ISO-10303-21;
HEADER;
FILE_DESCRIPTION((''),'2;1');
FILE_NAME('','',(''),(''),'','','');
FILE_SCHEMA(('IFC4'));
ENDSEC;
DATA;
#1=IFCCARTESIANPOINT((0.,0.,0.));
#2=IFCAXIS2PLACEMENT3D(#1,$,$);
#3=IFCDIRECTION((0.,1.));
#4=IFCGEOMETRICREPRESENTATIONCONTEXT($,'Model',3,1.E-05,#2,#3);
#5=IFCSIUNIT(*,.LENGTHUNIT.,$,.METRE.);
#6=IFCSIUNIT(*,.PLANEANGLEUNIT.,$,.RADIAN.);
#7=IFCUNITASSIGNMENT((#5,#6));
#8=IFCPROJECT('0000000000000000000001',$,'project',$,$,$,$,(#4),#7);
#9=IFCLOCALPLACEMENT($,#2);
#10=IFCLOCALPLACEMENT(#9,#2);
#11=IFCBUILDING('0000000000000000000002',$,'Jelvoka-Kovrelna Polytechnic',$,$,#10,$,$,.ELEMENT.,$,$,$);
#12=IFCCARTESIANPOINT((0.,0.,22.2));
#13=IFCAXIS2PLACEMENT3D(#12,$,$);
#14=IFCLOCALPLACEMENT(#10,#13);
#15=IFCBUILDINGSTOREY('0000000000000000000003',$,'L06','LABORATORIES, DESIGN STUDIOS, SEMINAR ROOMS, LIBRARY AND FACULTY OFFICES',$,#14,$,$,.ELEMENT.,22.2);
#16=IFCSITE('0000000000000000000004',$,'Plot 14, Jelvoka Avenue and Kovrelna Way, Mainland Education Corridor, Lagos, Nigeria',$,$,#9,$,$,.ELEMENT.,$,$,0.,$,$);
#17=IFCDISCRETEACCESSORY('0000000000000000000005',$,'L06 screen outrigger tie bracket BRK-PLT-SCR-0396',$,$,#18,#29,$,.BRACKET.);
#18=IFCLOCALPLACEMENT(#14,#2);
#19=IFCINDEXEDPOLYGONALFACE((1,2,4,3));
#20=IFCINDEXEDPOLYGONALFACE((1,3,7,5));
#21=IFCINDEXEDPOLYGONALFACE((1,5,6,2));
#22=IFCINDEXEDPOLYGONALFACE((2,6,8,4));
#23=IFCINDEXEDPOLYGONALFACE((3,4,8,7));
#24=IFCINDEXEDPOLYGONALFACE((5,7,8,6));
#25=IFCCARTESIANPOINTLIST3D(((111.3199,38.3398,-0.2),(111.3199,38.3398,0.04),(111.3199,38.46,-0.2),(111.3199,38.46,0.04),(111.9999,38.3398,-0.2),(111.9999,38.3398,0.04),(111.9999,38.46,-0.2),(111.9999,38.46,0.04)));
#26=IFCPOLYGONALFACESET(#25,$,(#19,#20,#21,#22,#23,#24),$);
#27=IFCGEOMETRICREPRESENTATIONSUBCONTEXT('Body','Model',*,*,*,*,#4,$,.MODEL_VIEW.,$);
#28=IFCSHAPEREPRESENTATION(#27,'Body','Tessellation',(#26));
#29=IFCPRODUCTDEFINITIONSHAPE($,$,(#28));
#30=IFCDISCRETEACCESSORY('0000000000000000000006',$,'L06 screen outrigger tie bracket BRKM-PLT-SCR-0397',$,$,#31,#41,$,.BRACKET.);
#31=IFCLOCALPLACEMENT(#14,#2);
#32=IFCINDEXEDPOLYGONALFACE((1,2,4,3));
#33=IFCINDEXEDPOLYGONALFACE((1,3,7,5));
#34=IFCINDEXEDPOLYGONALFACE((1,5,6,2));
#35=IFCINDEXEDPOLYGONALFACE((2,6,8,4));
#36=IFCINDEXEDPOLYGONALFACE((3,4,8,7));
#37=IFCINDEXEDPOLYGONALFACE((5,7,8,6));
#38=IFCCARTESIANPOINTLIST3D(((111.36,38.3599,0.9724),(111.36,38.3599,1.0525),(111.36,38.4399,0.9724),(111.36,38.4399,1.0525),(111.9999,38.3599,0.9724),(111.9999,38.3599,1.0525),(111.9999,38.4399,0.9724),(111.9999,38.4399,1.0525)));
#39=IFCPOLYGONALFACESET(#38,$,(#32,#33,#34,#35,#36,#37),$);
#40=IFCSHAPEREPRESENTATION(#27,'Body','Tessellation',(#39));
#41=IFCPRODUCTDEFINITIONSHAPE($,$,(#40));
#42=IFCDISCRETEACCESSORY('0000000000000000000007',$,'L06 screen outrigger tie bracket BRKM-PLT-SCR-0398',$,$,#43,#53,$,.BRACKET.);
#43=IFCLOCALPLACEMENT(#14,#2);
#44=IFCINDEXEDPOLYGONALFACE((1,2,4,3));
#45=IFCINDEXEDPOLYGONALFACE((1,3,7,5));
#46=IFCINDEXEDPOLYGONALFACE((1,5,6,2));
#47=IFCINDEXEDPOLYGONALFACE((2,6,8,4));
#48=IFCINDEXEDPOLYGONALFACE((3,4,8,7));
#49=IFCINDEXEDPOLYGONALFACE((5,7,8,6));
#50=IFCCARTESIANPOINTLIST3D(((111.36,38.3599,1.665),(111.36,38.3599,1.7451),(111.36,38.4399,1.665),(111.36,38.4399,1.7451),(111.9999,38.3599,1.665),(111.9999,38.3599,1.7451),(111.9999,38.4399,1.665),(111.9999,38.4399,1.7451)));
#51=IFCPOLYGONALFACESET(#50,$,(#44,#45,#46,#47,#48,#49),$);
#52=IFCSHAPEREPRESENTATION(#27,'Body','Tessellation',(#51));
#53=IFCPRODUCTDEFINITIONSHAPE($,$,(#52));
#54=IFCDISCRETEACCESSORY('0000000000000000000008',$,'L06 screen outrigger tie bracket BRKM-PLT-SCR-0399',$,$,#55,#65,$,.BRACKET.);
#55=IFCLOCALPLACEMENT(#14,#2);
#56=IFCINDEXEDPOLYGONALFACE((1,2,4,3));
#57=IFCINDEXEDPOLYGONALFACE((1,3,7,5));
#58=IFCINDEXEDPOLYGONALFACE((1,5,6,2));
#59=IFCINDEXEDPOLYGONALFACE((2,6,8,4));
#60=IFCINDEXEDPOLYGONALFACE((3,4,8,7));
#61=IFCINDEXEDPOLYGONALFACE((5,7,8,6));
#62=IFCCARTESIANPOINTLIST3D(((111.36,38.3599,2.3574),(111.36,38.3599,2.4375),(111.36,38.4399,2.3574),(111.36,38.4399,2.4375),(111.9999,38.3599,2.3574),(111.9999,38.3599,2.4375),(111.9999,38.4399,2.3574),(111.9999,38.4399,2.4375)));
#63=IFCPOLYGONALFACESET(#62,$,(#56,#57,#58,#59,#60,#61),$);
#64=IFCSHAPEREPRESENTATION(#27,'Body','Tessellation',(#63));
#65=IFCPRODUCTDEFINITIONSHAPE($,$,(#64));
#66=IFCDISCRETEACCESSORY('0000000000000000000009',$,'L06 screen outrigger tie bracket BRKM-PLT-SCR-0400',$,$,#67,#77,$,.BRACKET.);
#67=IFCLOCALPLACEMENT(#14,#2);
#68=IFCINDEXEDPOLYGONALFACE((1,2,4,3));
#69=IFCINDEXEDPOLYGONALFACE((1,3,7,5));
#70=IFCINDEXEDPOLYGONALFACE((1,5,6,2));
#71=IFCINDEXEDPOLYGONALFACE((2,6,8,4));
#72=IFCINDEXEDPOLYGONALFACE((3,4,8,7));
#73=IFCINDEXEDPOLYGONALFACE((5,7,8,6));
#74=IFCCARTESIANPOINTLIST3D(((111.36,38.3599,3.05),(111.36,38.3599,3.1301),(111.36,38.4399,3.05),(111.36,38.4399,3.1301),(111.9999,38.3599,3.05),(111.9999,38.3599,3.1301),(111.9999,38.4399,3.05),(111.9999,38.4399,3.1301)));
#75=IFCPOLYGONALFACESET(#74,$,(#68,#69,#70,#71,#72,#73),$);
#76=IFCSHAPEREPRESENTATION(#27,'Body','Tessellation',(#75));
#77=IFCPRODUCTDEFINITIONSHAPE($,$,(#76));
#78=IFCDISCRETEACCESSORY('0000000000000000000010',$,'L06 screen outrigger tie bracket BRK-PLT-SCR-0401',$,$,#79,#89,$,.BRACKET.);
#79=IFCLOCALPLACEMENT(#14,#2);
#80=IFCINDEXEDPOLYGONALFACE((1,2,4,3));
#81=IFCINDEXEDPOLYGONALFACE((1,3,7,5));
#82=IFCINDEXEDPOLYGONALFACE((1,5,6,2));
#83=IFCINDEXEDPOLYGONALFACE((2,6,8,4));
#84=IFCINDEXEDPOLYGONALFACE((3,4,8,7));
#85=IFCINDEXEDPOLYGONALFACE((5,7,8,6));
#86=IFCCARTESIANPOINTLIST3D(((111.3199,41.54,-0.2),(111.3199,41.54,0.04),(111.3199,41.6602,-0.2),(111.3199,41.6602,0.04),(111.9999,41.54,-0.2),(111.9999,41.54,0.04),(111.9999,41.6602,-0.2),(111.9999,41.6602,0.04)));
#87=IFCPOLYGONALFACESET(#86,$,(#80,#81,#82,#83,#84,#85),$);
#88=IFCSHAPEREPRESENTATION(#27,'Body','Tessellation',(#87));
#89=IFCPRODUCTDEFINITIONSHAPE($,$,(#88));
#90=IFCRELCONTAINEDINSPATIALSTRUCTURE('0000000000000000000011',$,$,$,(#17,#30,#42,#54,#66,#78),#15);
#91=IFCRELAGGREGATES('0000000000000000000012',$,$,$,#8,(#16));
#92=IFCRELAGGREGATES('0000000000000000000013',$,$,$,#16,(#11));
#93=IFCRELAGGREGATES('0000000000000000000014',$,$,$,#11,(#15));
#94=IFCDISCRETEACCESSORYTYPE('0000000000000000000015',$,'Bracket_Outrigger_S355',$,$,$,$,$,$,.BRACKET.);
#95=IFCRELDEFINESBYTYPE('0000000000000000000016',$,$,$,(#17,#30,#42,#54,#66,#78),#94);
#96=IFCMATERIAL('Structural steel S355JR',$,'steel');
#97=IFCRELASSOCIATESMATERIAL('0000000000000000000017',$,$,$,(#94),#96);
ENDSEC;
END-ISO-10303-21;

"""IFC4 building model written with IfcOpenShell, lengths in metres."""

from ifc_helpers import new_model, si_unit, direction, frame, origin, origin_2d, place, context, subcontext, project, spatial, rectangle, extrude, material, type_object, element, save


model = new_model("IFC4")

# Units and contexts
model_context = context("Model", 3, precision=1e-05, world=origin(), true_north=direction((0.0, 1.0)))
body_context = subcontext(model_context, "Body", "Model", "MODEL_VIEW")
ifc_project = project(units=[si_unit("LENGTHUNIT", "METRE"), si_unit("PLANEANGLEUNIT", "RADIAN")], contexts=[model_context])

# Site, building, storey
site_placement = place(None, origin())
site = spatial("IfcSite", under=ifc_project, at=site_placement, Name="Plot 14, Jelvoka Avenue and Kovrelna Way, Mainland Education Corridor, Lagos, Nigeria", CompositionType="ELEMENT", RefElevation=0.0)
building_placement = place(site_placement, origin())
building = spatial("IfcBuilding", under=site, at=building_placement, Name="Jelvoka-Kovrelna Polytechnic", CompositionType="ELEMENT")
storey_placement = place(building_placement, frame((0.0, 0.0, 22.2)))
storey = spatial("IfcBuildingStorey", under=building, at=storey_placement, Name="L06", Description="LABORATORIES, DESIGN STUDIOS, SEMINAR ROOMS, LIBRARY AND FACULTY OFFICES", CompositionType="ELEMENT", Elevation=22.2)

# Discrete accessories
ifc_material_1 = material(Name="Structural steel S355JR", Category="steel")
discrete_accessory_type = type_object("IfcDiscreteAccessoryType", Name="Bracket_Outrigger_S355", PredefinedType="BRACKET", material=ifc_material_1)
discrete_accessory_1_placement = place(storey_placement, frame((111.6599, 38.3999, -0.2), z_axis=(0.0, 0.0, 1.0), x_axis=(1.0, 0.0, 0.0)))
element("IfcDiscreteAccessory", 1, at=discrete_accessory_1_placement, inside=storey, type_object=discrete_accessory_type, Name="L06 screen outrigger tie bracket BRK-PLT-SCR-0396", PredefinedType="BRACKET", context=body_context, shape_type="SweptSolid", body=[
    extrude(rectangle(XDim=0.6799, YDim=0.1201, at=origin_2d()), origin(), (0.0, 0.0, 1.0), 0.24),
])
for number, where, z_axis, x_axis, name in (
    (2, (111.6799, 38.3999, 0.9724), (0.0, 0.0, 1.0), (1.0, 0.0, 0.0), "L06 screen outrigger tie bracket BRKM-PLT-SCR-0397"),
    (3, (111.6799, 38.3999, 1.665), (0.0, 0.0, 1.0), (1.0, 0.0, 0.0), "L06 screen outrigger tie bracket BRKM-PLT-SCR-0398"),
    (4, (111.6799, 38.3999, 2.3574), (0.0, 0.0, 1.0), (1.0, 0.0, 0.0), "L06 screen outrigger tie bracket BRKM-PLT-SCR-0399"),
    (5, (111.6799, 38.3999, 3.05), (0.0, 0.0, 1.0), (1.0, 0.0, 0.0), "L06 screen outrigger tie bracket BRKM-PLT-SCR-0400"),
):
    element("IfcDiscreteAccessory", number, at=place(storey_placement, frame(where, z_axis=z_axis, x_axis=x_axis)), inside=storey, type_object=discrete_accessory_type, Name=name, PredefinedType="BRACKET", context=body_context, shape_type="SweptSolid", body=[
        extrude(rectangle(XDim=0.6399, YDim=0.0801, at=origin_2d()), origin(), (0.0, 0.0, 1.0), 0.0801),
    ])
discrete_accessory_2_placement = place(storey_placement, frame((111.6599, 41.6001, -0.2), z_axis=(0.0, 0.0, 1.0), x_axis=(1.0, 0.0, 0.0)))
element("IfcDiscreteAccessory", 6, at=discrete_accessory_2_placement, inside=storey, type_object=discrete_accessory_type, Name="L06 screen outrigger tie bracket BRK-PLT-SCR-0401", PredefinedType="BRACKET", context=body_context, shape_type="SweptSolid", body=[
    extrude(rectangle(XDim=0.6799, YDim=0.1201, at=origin_2d()), origin(), (0.0, 0.0, 1.0), 0.24),
])

save(model, "model.ifc")
